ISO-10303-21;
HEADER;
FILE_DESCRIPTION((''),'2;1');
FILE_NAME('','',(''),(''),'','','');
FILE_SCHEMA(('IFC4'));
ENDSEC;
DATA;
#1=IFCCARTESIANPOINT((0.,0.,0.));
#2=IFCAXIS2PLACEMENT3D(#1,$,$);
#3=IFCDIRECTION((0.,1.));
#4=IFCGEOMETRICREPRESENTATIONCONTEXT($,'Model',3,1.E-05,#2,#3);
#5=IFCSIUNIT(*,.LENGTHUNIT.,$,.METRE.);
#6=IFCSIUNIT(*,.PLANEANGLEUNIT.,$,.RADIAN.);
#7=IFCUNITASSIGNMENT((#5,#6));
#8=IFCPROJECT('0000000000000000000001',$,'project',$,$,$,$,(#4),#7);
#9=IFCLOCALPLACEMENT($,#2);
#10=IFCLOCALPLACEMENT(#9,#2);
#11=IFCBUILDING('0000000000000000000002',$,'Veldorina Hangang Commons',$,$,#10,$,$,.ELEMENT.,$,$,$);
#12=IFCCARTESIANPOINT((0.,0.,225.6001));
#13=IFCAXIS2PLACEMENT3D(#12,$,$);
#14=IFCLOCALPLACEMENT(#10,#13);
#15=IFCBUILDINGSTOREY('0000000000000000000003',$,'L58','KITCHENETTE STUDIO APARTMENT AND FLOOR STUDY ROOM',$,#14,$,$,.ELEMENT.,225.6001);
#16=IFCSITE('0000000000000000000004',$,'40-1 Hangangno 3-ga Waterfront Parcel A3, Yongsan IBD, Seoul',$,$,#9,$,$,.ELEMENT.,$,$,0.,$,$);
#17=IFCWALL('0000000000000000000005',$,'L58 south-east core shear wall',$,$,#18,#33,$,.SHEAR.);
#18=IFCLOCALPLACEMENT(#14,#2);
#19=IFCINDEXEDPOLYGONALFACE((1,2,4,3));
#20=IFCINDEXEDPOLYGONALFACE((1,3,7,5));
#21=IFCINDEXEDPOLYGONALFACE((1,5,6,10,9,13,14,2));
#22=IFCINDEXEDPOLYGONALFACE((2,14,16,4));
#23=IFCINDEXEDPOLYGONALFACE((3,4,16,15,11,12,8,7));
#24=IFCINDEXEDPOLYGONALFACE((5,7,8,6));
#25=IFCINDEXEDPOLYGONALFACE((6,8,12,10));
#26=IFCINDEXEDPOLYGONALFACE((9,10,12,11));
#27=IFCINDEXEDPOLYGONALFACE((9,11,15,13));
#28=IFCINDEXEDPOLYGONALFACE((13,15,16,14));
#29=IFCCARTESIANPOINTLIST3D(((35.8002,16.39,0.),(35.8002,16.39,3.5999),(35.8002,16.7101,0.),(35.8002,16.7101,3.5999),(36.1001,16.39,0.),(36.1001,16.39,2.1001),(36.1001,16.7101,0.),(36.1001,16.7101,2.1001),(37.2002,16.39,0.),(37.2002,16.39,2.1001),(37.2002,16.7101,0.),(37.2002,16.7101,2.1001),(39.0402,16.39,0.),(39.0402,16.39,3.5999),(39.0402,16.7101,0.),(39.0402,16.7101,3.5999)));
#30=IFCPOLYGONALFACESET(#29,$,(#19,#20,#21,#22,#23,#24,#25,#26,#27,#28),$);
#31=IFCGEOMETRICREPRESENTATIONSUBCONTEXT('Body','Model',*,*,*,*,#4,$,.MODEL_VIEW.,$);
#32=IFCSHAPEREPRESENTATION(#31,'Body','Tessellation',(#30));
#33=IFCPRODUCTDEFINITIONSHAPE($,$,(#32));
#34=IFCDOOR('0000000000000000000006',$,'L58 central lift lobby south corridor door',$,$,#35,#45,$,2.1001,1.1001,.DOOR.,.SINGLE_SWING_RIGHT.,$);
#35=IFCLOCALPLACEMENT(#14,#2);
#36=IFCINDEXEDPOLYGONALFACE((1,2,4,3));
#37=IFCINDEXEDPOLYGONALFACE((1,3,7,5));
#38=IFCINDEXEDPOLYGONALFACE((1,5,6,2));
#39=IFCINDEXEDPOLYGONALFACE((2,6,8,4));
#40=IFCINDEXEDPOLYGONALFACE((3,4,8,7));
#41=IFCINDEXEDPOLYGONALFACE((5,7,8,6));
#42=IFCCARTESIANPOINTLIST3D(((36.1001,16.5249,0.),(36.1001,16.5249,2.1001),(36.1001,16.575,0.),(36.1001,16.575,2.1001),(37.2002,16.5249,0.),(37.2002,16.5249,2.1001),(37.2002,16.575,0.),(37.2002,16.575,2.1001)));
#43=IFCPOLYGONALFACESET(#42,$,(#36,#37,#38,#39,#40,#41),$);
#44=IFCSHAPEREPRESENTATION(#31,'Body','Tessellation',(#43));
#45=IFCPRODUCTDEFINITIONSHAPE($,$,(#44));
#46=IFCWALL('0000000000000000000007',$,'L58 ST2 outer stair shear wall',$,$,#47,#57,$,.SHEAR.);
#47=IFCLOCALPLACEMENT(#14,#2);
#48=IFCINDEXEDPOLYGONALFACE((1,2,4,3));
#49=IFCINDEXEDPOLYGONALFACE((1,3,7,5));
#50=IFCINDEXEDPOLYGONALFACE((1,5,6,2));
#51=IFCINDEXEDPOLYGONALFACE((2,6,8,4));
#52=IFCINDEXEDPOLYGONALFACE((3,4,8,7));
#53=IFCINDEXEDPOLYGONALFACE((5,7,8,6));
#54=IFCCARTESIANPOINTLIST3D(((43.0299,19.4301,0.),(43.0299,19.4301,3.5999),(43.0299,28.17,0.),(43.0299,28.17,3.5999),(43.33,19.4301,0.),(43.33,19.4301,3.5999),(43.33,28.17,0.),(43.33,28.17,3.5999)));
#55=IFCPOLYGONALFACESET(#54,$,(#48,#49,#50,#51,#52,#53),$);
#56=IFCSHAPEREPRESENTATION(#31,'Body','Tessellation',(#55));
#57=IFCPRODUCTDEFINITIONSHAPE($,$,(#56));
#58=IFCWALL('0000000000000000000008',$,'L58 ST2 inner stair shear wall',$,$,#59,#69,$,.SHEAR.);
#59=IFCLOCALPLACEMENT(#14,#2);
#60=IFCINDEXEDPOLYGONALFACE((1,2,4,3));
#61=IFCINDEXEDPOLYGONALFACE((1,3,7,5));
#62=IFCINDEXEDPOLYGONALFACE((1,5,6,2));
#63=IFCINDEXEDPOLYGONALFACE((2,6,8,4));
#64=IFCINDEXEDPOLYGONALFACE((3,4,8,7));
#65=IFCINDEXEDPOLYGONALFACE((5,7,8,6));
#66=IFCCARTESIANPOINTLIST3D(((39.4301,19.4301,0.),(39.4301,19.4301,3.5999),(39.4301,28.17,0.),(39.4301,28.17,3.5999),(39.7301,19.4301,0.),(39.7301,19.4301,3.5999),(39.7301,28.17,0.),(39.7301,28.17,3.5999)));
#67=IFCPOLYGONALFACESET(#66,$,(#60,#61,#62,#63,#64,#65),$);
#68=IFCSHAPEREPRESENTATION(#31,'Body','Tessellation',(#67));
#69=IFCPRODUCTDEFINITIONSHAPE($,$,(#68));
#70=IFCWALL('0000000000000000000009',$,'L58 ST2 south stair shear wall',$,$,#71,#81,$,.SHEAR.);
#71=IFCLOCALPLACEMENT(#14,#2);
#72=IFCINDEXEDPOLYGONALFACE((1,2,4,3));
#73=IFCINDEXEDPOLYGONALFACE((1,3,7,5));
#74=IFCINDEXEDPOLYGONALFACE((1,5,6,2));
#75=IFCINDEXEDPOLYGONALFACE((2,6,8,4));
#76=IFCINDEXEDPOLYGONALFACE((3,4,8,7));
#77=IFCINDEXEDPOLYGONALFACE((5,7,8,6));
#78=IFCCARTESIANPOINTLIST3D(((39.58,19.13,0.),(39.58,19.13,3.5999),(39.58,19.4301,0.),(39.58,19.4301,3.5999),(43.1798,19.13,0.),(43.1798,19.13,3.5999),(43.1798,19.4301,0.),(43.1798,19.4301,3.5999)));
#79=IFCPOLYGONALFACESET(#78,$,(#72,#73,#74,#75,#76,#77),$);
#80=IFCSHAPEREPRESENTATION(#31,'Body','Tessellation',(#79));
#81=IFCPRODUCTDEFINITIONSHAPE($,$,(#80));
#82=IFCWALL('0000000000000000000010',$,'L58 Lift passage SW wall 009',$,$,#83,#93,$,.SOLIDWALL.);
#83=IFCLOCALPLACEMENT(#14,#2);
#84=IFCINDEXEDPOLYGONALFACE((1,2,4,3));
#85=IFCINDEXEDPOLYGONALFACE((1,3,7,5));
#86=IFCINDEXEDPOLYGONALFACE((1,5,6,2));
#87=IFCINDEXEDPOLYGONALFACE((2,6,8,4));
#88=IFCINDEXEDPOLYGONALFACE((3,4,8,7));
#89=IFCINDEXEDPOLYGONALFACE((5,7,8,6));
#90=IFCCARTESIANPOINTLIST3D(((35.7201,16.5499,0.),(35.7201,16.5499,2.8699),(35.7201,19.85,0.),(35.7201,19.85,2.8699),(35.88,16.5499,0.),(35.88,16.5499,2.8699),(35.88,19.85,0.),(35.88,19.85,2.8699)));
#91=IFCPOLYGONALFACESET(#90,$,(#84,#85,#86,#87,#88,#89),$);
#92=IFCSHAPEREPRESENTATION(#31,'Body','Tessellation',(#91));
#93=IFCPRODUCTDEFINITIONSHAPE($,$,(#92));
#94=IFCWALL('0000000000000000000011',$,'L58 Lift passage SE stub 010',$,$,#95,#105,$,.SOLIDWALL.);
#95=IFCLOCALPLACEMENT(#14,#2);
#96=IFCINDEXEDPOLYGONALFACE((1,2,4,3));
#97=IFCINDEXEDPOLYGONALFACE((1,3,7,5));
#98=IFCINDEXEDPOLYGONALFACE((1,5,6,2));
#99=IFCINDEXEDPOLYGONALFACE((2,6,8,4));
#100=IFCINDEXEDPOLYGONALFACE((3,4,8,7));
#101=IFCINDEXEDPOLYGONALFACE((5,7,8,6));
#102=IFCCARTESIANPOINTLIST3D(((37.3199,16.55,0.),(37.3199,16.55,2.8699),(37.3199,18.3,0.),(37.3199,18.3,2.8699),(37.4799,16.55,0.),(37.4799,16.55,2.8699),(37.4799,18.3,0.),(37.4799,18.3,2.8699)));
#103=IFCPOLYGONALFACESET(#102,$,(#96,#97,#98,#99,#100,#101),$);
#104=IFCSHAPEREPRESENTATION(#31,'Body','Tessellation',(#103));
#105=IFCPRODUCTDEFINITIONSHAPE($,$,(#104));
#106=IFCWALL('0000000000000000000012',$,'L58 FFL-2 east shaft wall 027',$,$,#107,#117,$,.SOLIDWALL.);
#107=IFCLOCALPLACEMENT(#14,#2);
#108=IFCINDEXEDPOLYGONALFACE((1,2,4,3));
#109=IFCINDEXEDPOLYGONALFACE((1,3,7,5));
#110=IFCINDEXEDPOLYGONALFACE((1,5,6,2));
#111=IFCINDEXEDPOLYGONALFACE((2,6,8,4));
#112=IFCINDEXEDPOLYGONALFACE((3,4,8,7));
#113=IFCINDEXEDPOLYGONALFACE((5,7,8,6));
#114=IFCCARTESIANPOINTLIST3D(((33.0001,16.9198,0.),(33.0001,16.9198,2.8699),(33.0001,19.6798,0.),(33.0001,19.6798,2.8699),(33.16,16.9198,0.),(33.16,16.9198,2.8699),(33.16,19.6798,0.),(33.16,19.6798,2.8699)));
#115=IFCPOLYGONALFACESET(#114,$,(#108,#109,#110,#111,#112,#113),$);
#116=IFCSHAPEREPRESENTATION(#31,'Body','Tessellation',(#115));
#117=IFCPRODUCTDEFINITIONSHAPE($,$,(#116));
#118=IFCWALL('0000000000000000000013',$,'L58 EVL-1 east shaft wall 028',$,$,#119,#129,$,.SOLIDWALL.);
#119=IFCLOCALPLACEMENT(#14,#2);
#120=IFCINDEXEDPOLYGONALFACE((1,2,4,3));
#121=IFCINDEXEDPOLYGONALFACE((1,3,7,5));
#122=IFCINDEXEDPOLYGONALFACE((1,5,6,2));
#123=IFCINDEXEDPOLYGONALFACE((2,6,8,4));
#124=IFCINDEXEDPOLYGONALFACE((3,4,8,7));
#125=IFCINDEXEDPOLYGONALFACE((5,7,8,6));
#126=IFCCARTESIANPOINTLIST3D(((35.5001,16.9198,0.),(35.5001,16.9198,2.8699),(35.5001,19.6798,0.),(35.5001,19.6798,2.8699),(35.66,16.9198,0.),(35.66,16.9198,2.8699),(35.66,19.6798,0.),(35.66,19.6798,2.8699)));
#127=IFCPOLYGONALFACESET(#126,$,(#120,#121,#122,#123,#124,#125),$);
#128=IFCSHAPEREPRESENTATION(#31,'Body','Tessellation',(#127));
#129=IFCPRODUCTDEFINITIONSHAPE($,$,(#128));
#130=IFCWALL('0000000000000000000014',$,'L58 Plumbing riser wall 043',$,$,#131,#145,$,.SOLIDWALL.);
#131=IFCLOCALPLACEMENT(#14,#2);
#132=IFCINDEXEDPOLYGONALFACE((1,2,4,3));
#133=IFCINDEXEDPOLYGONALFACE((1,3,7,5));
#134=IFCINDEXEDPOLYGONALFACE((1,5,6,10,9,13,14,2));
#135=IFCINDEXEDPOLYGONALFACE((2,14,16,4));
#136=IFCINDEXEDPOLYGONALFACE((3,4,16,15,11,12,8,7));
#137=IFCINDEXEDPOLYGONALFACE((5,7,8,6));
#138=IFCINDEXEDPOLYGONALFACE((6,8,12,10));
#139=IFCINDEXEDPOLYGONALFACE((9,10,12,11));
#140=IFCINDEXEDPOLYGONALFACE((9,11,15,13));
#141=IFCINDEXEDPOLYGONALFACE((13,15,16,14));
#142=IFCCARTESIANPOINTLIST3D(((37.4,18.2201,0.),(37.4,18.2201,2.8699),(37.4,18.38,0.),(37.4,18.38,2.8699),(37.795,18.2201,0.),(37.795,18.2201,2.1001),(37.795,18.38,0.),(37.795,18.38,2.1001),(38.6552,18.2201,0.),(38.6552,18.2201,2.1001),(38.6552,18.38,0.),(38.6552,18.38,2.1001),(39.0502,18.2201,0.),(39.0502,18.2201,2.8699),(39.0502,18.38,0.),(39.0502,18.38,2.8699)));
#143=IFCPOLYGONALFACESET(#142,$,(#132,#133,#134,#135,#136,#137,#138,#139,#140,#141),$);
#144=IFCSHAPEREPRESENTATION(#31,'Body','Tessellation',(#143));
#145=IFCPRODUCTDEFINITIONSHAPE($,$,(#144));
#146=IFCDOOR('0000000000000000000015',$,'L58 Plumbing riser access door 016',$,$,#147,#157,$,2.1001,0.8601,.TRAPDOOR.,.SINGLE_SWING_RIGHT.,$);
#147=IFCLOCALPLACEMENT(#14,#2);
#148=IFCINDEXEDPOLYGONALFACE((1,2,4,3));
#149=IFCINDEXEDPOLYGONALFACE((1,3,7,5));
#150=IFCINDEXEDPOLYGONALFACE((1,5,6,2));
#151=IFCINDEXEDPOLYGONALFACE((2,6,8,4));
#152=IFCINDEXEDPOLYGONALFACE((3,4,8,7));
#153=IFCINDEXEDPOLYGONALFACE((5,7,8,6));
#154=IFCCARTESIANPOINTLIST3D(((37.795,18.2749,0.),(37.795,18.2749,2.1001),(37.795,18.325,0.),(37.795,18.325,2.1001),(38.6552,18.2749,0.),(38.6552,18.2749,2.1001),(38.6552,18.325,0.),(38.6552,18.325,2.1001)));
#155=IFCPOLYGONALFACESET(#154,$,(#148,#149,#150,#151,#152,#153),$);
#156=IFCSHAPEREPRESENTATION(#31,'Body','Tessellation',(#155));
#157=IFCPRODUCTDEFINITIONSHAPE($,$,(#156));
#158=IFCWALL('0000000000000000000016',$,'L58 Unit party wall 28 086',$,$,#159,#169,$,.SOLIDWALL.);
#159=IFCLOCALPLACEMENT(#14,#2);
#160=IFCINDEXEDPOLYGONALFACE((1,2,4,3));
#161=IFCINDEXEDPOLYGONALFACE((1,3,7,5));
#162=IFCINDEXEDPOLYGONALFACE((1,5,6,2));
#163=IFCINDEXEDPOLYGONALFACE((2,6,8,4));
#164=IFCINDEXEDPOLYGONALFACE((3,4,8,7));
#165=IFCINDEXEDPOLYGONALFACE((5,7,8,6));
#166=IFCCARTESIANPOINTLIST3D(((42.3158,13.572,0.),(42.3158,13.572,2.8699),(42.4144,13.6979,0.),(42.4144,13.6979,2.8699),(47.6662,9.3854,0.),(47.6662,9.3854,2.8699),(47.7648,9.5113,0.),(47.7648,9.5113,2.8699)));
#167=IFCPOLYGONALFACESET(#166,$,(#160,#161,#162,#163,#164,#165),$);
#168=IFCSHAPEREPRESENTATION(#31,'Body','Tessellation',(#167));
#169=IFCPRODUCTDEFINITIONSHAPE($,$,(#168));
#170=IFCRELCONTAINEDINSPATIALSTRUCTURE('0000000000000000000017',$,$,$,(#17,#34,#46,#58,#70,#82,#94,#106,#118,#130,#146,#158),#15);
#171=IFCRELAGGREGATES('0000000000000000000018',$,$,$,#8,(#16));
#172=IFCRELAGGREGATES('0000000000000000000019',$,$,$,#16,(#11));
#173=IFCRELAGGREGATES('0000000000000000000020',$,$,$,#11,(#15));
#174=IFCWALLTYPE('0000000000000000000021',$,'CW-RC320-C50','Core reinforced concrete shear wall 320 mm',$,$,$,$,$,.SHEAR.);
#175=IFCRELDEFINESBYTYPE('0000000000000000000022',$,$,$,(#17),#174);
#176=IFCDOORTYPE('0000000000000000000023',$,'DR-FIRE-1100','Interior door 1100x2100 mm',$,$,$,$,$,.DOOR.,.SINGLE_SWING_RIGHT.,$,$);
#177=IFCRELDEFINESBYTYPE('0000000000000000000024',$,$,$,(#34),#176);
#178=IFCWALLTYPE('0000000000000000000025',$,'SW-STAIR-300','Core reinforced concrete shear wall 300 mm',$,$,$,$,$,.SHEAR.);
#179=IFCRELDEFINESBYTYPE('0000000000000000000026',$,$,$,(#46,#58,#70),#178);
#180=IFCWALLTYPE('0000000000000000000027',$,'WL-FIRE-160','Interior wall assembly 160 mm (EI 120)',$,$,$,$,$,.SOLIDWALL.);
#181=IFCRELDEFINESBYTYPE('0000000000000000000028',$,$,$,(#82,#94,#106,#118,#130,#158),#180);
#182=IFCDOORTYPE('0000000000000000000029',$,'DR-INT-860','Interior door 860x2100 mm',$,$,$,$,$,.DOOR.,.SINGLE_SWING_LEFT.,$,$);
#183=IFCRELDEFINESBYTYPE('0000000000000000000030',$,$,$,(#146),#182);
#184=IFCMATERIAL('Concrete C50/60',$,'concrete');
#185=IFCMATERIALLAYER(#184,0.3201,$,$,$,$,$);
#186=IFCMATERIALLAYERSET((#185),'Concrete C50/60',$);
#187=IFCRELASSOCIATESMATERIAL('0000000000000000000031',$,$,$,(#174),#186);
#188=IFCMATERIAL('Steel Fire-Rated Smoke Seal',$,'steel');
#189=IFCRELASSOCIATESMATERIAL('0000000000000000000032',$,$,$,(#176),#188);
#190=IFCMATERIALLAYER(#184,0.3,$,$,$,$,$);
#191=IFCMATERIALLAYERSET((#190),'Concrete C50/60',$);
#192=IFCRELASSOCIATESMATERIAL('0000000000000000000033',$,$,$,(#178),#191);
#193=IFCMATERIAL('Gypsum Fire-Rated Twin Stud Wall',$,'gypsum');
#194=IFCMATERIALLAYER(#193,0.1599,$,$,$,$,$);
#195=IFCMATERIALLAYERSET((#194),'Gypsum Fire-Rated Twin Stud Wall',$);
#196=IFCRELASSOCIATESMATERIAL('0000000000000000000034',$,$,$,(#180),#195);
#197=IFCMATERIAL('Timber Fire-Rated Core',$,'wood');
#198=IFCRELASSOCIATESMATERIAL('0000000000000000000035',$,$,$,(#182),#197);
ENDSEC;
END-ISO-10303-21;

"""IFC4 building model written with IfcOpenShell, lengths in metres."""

from ifc_helpers import new_model, si_unit, direction, frame, frame_2d, origin, place, context, subcontext, project, spatial, rectangle, extrude, material, layer, layer_set, type_object, element, fill, save


model = new_model("IFC4")

# Units and contexts
model_context = context("Model", 3, precision=1e-05, world=origin(), true_north=direction((0.0, 1.0)))
body_context = subcontext(model_context, "Body", "Model", "MODEL_VIEW")
ifc_project = project(units=[si_unit("LENGTHUNIT", "METRE"), si_unit("PLANEANGLEUNIT", "RADIAN")], contexts=[model_context])

# Site, building, storey
site_placement = place(None, origin())
site = spatial("IfcSite", under=ifc_project, at=site_placement, Name="40-1 Hangangno 3-ga Waterfront Parcel A3, Yongsan IBD, Seoul", CompositionType="ELEMENT", RefElevation=0.0)
building_placement = place(site_placement, origin())
building = spatial("IfcBuilding", under=site, at=building_placement, Name="Veldorina Hangang Commons", CompositionType="ELEMENT")
storey_placement = place(building_placement, frame((0.0, 0.0, 225.6001)))
storey = spatial("IfcBuildingStorey", under=building, at=storey_placement, Name="L58", Description="KITCHENETTE STUDIO APARTMENT AND FLOOR STUDY ROOM", CompositionType="ELEMENT", Elevation=225.6001)

# Shared definitions
ifc_material_1 = material(Name="Concrete C50/60", Category="concrete")

# Shared definitions
ifc_layer_1 = layer(ifc_material_1, 0.3201)
ifc_layer_set_1 = layer_set([ifc_layer_1], Name="Concrete C50/60")
wall_type_1 = type_object("IfcWallType", Name="CW-RC320-C50", Description="Core reinforced concrete shear wall 320 mm", PredefinedType="SHEAR", material=ifc_layer_set_1)

# Wall, opening, door
wall_1_placement = place(storey_placement, frame((35.8, 16.55, 0.0), z_axis=(0.0, 0.0, 1.0), x_axis=(1.0, 0.0, 0.0)))
wall_1 = element("IfcWall", 1, at=wall_1_placement, inside=storey, type_object=wall_type_1, Name="L58 south-east core shear wall", PredefinedType="SHEAR", context=body_context, shape_type="SweptSolid", body=[
    extrude(rectangle(XDim=3.24, YDim=0.3201, at=frame_2d((1.6201, 0.0))), origin(), (0.0, 0.0, 1.0), 3.5999),
])
opening_1_placement = place(wall_1_placement, frame((0.3, 0.0, 0.0)))
opening_1 = element("IfcOpeningElement", 2, at=opening_1_placement, cuts=wall_1, PredefinedType="OPENING", context=body_context, shape_type="SweptSolid", body=[
    extrude(rectangle(XDim=1.1001, YDim=2.1001, at=frame_2d((0.55, 1.05))), frame((0.0, 0.1699, 0.0), z_axis=(0.0, -1.0, 0.0), x_axis=(1.0, 0.0, 0.0)), (0.0, 0.0, 1.0), 0.3401),
])
ifc_material_2 = material(Name="Steel Fire-Rated Smoke Seal", Category="steel")
door_type_1 = type_object("IfcDoorType", Name="DR-FIRE-1100", Description="Interior door 1100x2100 mm", OperationType="SINGLE_SWING_RIGHT", PredefinedType="DOOR", material=ifc_material_2)
door_1_placement = place(opening_1_placement, origin())
door_1 = element("IfcDoor", 3, at=door_1_placement, inside=storey, type_object=door_type_1, Name="L58 central lift lobby south corridor door", OperationType="SINGLE_SWING_RIGHT", OverallHeight=2.1001, OverallWidth=1.1001, PredefinedType="DOOR", context=body_context, shape_type="SweptSolid", body=[
    extrude(rectangle(XDim=1.1001, YDim=2.1001, at=frame_2d((0.55, 1.05))), frame((0.0, 0.0249, 0.0), z_axis=(0.0, -1.0, 0.0), x_axis=(1.0, 0.0, 0.0)), (0.0, 0.0, 1.0), 0.05),
])
fill(opening_1, door_1)

# Walls
ifc_layer_2 = layer(ifc_material_1, 0.3)
ifc_layer_set_2 = layer_set([ifc_layer_2], Name="Concrete C50/60")
wall_type_2 = type_object("IfcWallType", Name="SW-STAIR-300", Description="Core reinforced concrete shear wall 300 mm", PredefinedType="SHEAR", material=ifc_layer_set_2)
for number, where, z_axis, x_axis, name in (
    (4, (43.1799, 19.4299, 0.0), (0.0, 0.0, 1.0), (0.0, 1.0, 0.0), "L58 ST2 outer stair shear wall"),
    (5, (39.5801, 19.4299, 0.0), (0.0, 0.0, 1.0), (0.0, 1.0, 0.0), "L58 ST2 inner stair shear wall"),
):
    element("IfcWall", number, at=place(storey_placement, frame(where, z_axis=z_axis, x_axis=x_axis)), inside=storey, type_object=wall_type_2, Name=name, PredefinedType="SHEAR", context=body_context, shape_type="SweptSolid", body=[
        extrude(rectangle(XDim=8.74, YDim=0.3, at=frame_2d((4.3701, 0.0))), origin(), (0.0, 0.0, 1.0), 3.5999),
    ])
wall_2_placement = place(storey_placement, frame((39.5801, 19.28, 0.0), z_axis=(0.0, 0.0, 1.0), x_axis=(1.0, 0.0, 0.0)))
element("IfcWall", 6, at=wall_2_placement, inside=storey, type_object=wall_type_2, Name="L58 ST2 south stair shear wall", PredefinedType="SHEAR", context=body_context, shape_type="SweptSolid", body=[
    extrude(rectangle(XDim=3.5999, YDim=0.3, at=frame_2d((1.7998, 0.0))), origin(), (0.0, 0.0, 1.0), 3.5999),
])
ifc_material_3 = material(Name="Gypsum Fire-Rated Twin Stud Wall", Category="gypsum")
ifc_layer_3 = layer(ifc_material_3, 0.1599)
ifc_layer_set_3 = layer_set([ifc_layer_3], Name="Gypsum Fire-Rated Twin Stud Wall")
wall_type_3 = type_object("IfcWallType", Name="WL-FIRE-160", Description="Interior wall assembly 160 mm (EI 120)", PredefinedType="SOLIDWALL", material=ifc_layer_set_3)
wall_3_placement = place(storey_placement, frame((35.8, 16.55, 0.0), z_axis=(0.0, 0.0, 1.0), x_axis=(0.0, 1.0, 0.0)))
element("IfcWall", 7, at=wall_3_placement, inside=storey, type_object=wall_type_3, Name="L58 Lift passage SW wall 009", PredefinedType="SOLIDWALL", context=body_context, shape_type="SweptSolid", body=[
    extrude(rectangle(XDim=3.3, YDim=0.1599, at=frame_2d((1.6499, 0.0))), origin(), (0.0, 0.0, 1.0), 2.8699),
])
wall_4_placement = place(storey_placement, frame((37.3999, 16.55, 0.0), z_axis=(0.0, 0.0, 1.0), x_axis=(0.0, 1.0, 0.0)))
element("IfcWall", 8, at=wall_4_placement, inside=storey, type_object=wall_type_3, Name="L58 Lift passage SE stub 010", PredefinedType="SOLIDWALL", context=body_context, shape_type="SweptSolid", body=[
    extrude(rectangle(XDim=1.75, YDim=0.1599, at=frame_2d((0.875, 0.0))), origin(), (0.0, 0.0, 1.0), 2.8699),
])
for number, where, z_axis, x_axis, name in (
    (9, (33.0801, 16.9199, 0.0), (0.0, 0.0, 1.0), (0.0, 1.0, 0.0), "L58 FFL-2 east shaft wall 027"),
    (10, (35.5801, 16.9199, 0.0), (0.0, 0.0, 1.0), (0.0, 1.0, 0.0), "L58 EVL-1 east shaft wall 028"),
):
    element("IfcWall", number, at=place(storey_placement, frame(where, z_axis=z_axis, x_axis=x_axis)), inside=storey, type_object=wall_type_3, Name=name, PredefinedType="SOLIDWALL", context=body_context, shape_type="SweptSolid", body=[
        extrude(rectangle(XDim=2.76, YDim=0.1599, at=frame_2d((1.3799, 0.0))), origin(), (0.0, 0.0, 1.0), 2.8699),
    ])

# Wall, opening, door
wall_5_placement = place(storey_placement, frame((37.3999, 18.3, 0.0), z_axis=(0.0, 0.0, 1.0), x_axis=(1.0, 0.0, 0.0)))
wall_5 = element("IfcWall", 11, at=wall_5_placement, inside=storey, type_object=wall_type_3, Name="L58 Plumbing riser wall 043", PredefinedType="SOLIDWALL", context=body_context, shape_type="SweptSolid", body=[
    extrude(rectangle(XDim=1.6501, YDim=0.1599, at=frame_2d((0.8252, 0.0))), origin(), (0.0, 0.0, 1.0), 2.8699),
])
opening_2_placement = place(wall_5_placement, frame((0.395, 0.0, 0.0)))
opening_2 = element("IfcOpeningElement", 12, at=opening_2_placement, cuts=wall_5, PredefinedType="OPENING", context=body_context, shape_type="SweptSolid", body=[
    extrude(rectangle(XDim=0.8601, YDim=2.1001, at=frame_2d((0.4302, 1.05))), frame((0.0, 0.0898, 0.0), z_axis=(0.0, -1.0, 0.0), x_axis=(1.0, 0.0, 0.0)), (0.0, 0.0, 1.0), 0.1799),
])
ifc_material_4 = material(Name="Timber Fire-Rated Core", Category="wood")
door_type_2 = type_object("IfcDoorType", Name="DR-INT-860", Description="Interior door 860x2100 mm", OperationType="SINGLE_SWING_LEFT", PredefinedType="DOOR", material=ifc_material_4)
door_2_placement = place(opening_2_placement, origin())
door_2 = element("IfcDoor", 13, at=door_2_placement, inside=storey, type_object=door_type_2, Name="L58 Plumbing riser access door 016", OperationType="SINGLE_SWING_RIGHT", OverallHeight=2.1001, OverallWidth=0.8601, PredefinedType="TRAPDOOR", context=body_context, shape_type="SweptSolid", body=[
    extrude(rectangle(XDim=0.8601, YDim=2.1001, at=frame_2d((0.4302, 1.05))), frame((0.0, 0.0249, 0.0), z_axis=(0.0, -1.0, 0.0), x_axis=(1.0, 0.0, 0.0)), (0.0, 0.0, 1.0), 0.05),
])
fill(opening_2, door_2)

# Wall
wall_6_placement = place(storey_placement, frame((42.365, 13.635, 0.0), z_axis=(0.0, 0.0, 1.0), x_axis=(0.787555, -0.616244, 0.0)))
element("IfcWall", 14, at=wall_6_placement, inside=storey, type_object=wall_type_3, Name="L58 Unit party wall 28 086", PredefinedType="SOLIDWALL", context=body_context, shape_type="SweptSolid", body=[
    extrude(rectangle(XDim=6.7937, YDim=0.1599, at=frame_2d((3.397, 0.0))), origin(), (0.0, 0.0, 1.0), 2.8699),
])

save(model, "model.ifc")
